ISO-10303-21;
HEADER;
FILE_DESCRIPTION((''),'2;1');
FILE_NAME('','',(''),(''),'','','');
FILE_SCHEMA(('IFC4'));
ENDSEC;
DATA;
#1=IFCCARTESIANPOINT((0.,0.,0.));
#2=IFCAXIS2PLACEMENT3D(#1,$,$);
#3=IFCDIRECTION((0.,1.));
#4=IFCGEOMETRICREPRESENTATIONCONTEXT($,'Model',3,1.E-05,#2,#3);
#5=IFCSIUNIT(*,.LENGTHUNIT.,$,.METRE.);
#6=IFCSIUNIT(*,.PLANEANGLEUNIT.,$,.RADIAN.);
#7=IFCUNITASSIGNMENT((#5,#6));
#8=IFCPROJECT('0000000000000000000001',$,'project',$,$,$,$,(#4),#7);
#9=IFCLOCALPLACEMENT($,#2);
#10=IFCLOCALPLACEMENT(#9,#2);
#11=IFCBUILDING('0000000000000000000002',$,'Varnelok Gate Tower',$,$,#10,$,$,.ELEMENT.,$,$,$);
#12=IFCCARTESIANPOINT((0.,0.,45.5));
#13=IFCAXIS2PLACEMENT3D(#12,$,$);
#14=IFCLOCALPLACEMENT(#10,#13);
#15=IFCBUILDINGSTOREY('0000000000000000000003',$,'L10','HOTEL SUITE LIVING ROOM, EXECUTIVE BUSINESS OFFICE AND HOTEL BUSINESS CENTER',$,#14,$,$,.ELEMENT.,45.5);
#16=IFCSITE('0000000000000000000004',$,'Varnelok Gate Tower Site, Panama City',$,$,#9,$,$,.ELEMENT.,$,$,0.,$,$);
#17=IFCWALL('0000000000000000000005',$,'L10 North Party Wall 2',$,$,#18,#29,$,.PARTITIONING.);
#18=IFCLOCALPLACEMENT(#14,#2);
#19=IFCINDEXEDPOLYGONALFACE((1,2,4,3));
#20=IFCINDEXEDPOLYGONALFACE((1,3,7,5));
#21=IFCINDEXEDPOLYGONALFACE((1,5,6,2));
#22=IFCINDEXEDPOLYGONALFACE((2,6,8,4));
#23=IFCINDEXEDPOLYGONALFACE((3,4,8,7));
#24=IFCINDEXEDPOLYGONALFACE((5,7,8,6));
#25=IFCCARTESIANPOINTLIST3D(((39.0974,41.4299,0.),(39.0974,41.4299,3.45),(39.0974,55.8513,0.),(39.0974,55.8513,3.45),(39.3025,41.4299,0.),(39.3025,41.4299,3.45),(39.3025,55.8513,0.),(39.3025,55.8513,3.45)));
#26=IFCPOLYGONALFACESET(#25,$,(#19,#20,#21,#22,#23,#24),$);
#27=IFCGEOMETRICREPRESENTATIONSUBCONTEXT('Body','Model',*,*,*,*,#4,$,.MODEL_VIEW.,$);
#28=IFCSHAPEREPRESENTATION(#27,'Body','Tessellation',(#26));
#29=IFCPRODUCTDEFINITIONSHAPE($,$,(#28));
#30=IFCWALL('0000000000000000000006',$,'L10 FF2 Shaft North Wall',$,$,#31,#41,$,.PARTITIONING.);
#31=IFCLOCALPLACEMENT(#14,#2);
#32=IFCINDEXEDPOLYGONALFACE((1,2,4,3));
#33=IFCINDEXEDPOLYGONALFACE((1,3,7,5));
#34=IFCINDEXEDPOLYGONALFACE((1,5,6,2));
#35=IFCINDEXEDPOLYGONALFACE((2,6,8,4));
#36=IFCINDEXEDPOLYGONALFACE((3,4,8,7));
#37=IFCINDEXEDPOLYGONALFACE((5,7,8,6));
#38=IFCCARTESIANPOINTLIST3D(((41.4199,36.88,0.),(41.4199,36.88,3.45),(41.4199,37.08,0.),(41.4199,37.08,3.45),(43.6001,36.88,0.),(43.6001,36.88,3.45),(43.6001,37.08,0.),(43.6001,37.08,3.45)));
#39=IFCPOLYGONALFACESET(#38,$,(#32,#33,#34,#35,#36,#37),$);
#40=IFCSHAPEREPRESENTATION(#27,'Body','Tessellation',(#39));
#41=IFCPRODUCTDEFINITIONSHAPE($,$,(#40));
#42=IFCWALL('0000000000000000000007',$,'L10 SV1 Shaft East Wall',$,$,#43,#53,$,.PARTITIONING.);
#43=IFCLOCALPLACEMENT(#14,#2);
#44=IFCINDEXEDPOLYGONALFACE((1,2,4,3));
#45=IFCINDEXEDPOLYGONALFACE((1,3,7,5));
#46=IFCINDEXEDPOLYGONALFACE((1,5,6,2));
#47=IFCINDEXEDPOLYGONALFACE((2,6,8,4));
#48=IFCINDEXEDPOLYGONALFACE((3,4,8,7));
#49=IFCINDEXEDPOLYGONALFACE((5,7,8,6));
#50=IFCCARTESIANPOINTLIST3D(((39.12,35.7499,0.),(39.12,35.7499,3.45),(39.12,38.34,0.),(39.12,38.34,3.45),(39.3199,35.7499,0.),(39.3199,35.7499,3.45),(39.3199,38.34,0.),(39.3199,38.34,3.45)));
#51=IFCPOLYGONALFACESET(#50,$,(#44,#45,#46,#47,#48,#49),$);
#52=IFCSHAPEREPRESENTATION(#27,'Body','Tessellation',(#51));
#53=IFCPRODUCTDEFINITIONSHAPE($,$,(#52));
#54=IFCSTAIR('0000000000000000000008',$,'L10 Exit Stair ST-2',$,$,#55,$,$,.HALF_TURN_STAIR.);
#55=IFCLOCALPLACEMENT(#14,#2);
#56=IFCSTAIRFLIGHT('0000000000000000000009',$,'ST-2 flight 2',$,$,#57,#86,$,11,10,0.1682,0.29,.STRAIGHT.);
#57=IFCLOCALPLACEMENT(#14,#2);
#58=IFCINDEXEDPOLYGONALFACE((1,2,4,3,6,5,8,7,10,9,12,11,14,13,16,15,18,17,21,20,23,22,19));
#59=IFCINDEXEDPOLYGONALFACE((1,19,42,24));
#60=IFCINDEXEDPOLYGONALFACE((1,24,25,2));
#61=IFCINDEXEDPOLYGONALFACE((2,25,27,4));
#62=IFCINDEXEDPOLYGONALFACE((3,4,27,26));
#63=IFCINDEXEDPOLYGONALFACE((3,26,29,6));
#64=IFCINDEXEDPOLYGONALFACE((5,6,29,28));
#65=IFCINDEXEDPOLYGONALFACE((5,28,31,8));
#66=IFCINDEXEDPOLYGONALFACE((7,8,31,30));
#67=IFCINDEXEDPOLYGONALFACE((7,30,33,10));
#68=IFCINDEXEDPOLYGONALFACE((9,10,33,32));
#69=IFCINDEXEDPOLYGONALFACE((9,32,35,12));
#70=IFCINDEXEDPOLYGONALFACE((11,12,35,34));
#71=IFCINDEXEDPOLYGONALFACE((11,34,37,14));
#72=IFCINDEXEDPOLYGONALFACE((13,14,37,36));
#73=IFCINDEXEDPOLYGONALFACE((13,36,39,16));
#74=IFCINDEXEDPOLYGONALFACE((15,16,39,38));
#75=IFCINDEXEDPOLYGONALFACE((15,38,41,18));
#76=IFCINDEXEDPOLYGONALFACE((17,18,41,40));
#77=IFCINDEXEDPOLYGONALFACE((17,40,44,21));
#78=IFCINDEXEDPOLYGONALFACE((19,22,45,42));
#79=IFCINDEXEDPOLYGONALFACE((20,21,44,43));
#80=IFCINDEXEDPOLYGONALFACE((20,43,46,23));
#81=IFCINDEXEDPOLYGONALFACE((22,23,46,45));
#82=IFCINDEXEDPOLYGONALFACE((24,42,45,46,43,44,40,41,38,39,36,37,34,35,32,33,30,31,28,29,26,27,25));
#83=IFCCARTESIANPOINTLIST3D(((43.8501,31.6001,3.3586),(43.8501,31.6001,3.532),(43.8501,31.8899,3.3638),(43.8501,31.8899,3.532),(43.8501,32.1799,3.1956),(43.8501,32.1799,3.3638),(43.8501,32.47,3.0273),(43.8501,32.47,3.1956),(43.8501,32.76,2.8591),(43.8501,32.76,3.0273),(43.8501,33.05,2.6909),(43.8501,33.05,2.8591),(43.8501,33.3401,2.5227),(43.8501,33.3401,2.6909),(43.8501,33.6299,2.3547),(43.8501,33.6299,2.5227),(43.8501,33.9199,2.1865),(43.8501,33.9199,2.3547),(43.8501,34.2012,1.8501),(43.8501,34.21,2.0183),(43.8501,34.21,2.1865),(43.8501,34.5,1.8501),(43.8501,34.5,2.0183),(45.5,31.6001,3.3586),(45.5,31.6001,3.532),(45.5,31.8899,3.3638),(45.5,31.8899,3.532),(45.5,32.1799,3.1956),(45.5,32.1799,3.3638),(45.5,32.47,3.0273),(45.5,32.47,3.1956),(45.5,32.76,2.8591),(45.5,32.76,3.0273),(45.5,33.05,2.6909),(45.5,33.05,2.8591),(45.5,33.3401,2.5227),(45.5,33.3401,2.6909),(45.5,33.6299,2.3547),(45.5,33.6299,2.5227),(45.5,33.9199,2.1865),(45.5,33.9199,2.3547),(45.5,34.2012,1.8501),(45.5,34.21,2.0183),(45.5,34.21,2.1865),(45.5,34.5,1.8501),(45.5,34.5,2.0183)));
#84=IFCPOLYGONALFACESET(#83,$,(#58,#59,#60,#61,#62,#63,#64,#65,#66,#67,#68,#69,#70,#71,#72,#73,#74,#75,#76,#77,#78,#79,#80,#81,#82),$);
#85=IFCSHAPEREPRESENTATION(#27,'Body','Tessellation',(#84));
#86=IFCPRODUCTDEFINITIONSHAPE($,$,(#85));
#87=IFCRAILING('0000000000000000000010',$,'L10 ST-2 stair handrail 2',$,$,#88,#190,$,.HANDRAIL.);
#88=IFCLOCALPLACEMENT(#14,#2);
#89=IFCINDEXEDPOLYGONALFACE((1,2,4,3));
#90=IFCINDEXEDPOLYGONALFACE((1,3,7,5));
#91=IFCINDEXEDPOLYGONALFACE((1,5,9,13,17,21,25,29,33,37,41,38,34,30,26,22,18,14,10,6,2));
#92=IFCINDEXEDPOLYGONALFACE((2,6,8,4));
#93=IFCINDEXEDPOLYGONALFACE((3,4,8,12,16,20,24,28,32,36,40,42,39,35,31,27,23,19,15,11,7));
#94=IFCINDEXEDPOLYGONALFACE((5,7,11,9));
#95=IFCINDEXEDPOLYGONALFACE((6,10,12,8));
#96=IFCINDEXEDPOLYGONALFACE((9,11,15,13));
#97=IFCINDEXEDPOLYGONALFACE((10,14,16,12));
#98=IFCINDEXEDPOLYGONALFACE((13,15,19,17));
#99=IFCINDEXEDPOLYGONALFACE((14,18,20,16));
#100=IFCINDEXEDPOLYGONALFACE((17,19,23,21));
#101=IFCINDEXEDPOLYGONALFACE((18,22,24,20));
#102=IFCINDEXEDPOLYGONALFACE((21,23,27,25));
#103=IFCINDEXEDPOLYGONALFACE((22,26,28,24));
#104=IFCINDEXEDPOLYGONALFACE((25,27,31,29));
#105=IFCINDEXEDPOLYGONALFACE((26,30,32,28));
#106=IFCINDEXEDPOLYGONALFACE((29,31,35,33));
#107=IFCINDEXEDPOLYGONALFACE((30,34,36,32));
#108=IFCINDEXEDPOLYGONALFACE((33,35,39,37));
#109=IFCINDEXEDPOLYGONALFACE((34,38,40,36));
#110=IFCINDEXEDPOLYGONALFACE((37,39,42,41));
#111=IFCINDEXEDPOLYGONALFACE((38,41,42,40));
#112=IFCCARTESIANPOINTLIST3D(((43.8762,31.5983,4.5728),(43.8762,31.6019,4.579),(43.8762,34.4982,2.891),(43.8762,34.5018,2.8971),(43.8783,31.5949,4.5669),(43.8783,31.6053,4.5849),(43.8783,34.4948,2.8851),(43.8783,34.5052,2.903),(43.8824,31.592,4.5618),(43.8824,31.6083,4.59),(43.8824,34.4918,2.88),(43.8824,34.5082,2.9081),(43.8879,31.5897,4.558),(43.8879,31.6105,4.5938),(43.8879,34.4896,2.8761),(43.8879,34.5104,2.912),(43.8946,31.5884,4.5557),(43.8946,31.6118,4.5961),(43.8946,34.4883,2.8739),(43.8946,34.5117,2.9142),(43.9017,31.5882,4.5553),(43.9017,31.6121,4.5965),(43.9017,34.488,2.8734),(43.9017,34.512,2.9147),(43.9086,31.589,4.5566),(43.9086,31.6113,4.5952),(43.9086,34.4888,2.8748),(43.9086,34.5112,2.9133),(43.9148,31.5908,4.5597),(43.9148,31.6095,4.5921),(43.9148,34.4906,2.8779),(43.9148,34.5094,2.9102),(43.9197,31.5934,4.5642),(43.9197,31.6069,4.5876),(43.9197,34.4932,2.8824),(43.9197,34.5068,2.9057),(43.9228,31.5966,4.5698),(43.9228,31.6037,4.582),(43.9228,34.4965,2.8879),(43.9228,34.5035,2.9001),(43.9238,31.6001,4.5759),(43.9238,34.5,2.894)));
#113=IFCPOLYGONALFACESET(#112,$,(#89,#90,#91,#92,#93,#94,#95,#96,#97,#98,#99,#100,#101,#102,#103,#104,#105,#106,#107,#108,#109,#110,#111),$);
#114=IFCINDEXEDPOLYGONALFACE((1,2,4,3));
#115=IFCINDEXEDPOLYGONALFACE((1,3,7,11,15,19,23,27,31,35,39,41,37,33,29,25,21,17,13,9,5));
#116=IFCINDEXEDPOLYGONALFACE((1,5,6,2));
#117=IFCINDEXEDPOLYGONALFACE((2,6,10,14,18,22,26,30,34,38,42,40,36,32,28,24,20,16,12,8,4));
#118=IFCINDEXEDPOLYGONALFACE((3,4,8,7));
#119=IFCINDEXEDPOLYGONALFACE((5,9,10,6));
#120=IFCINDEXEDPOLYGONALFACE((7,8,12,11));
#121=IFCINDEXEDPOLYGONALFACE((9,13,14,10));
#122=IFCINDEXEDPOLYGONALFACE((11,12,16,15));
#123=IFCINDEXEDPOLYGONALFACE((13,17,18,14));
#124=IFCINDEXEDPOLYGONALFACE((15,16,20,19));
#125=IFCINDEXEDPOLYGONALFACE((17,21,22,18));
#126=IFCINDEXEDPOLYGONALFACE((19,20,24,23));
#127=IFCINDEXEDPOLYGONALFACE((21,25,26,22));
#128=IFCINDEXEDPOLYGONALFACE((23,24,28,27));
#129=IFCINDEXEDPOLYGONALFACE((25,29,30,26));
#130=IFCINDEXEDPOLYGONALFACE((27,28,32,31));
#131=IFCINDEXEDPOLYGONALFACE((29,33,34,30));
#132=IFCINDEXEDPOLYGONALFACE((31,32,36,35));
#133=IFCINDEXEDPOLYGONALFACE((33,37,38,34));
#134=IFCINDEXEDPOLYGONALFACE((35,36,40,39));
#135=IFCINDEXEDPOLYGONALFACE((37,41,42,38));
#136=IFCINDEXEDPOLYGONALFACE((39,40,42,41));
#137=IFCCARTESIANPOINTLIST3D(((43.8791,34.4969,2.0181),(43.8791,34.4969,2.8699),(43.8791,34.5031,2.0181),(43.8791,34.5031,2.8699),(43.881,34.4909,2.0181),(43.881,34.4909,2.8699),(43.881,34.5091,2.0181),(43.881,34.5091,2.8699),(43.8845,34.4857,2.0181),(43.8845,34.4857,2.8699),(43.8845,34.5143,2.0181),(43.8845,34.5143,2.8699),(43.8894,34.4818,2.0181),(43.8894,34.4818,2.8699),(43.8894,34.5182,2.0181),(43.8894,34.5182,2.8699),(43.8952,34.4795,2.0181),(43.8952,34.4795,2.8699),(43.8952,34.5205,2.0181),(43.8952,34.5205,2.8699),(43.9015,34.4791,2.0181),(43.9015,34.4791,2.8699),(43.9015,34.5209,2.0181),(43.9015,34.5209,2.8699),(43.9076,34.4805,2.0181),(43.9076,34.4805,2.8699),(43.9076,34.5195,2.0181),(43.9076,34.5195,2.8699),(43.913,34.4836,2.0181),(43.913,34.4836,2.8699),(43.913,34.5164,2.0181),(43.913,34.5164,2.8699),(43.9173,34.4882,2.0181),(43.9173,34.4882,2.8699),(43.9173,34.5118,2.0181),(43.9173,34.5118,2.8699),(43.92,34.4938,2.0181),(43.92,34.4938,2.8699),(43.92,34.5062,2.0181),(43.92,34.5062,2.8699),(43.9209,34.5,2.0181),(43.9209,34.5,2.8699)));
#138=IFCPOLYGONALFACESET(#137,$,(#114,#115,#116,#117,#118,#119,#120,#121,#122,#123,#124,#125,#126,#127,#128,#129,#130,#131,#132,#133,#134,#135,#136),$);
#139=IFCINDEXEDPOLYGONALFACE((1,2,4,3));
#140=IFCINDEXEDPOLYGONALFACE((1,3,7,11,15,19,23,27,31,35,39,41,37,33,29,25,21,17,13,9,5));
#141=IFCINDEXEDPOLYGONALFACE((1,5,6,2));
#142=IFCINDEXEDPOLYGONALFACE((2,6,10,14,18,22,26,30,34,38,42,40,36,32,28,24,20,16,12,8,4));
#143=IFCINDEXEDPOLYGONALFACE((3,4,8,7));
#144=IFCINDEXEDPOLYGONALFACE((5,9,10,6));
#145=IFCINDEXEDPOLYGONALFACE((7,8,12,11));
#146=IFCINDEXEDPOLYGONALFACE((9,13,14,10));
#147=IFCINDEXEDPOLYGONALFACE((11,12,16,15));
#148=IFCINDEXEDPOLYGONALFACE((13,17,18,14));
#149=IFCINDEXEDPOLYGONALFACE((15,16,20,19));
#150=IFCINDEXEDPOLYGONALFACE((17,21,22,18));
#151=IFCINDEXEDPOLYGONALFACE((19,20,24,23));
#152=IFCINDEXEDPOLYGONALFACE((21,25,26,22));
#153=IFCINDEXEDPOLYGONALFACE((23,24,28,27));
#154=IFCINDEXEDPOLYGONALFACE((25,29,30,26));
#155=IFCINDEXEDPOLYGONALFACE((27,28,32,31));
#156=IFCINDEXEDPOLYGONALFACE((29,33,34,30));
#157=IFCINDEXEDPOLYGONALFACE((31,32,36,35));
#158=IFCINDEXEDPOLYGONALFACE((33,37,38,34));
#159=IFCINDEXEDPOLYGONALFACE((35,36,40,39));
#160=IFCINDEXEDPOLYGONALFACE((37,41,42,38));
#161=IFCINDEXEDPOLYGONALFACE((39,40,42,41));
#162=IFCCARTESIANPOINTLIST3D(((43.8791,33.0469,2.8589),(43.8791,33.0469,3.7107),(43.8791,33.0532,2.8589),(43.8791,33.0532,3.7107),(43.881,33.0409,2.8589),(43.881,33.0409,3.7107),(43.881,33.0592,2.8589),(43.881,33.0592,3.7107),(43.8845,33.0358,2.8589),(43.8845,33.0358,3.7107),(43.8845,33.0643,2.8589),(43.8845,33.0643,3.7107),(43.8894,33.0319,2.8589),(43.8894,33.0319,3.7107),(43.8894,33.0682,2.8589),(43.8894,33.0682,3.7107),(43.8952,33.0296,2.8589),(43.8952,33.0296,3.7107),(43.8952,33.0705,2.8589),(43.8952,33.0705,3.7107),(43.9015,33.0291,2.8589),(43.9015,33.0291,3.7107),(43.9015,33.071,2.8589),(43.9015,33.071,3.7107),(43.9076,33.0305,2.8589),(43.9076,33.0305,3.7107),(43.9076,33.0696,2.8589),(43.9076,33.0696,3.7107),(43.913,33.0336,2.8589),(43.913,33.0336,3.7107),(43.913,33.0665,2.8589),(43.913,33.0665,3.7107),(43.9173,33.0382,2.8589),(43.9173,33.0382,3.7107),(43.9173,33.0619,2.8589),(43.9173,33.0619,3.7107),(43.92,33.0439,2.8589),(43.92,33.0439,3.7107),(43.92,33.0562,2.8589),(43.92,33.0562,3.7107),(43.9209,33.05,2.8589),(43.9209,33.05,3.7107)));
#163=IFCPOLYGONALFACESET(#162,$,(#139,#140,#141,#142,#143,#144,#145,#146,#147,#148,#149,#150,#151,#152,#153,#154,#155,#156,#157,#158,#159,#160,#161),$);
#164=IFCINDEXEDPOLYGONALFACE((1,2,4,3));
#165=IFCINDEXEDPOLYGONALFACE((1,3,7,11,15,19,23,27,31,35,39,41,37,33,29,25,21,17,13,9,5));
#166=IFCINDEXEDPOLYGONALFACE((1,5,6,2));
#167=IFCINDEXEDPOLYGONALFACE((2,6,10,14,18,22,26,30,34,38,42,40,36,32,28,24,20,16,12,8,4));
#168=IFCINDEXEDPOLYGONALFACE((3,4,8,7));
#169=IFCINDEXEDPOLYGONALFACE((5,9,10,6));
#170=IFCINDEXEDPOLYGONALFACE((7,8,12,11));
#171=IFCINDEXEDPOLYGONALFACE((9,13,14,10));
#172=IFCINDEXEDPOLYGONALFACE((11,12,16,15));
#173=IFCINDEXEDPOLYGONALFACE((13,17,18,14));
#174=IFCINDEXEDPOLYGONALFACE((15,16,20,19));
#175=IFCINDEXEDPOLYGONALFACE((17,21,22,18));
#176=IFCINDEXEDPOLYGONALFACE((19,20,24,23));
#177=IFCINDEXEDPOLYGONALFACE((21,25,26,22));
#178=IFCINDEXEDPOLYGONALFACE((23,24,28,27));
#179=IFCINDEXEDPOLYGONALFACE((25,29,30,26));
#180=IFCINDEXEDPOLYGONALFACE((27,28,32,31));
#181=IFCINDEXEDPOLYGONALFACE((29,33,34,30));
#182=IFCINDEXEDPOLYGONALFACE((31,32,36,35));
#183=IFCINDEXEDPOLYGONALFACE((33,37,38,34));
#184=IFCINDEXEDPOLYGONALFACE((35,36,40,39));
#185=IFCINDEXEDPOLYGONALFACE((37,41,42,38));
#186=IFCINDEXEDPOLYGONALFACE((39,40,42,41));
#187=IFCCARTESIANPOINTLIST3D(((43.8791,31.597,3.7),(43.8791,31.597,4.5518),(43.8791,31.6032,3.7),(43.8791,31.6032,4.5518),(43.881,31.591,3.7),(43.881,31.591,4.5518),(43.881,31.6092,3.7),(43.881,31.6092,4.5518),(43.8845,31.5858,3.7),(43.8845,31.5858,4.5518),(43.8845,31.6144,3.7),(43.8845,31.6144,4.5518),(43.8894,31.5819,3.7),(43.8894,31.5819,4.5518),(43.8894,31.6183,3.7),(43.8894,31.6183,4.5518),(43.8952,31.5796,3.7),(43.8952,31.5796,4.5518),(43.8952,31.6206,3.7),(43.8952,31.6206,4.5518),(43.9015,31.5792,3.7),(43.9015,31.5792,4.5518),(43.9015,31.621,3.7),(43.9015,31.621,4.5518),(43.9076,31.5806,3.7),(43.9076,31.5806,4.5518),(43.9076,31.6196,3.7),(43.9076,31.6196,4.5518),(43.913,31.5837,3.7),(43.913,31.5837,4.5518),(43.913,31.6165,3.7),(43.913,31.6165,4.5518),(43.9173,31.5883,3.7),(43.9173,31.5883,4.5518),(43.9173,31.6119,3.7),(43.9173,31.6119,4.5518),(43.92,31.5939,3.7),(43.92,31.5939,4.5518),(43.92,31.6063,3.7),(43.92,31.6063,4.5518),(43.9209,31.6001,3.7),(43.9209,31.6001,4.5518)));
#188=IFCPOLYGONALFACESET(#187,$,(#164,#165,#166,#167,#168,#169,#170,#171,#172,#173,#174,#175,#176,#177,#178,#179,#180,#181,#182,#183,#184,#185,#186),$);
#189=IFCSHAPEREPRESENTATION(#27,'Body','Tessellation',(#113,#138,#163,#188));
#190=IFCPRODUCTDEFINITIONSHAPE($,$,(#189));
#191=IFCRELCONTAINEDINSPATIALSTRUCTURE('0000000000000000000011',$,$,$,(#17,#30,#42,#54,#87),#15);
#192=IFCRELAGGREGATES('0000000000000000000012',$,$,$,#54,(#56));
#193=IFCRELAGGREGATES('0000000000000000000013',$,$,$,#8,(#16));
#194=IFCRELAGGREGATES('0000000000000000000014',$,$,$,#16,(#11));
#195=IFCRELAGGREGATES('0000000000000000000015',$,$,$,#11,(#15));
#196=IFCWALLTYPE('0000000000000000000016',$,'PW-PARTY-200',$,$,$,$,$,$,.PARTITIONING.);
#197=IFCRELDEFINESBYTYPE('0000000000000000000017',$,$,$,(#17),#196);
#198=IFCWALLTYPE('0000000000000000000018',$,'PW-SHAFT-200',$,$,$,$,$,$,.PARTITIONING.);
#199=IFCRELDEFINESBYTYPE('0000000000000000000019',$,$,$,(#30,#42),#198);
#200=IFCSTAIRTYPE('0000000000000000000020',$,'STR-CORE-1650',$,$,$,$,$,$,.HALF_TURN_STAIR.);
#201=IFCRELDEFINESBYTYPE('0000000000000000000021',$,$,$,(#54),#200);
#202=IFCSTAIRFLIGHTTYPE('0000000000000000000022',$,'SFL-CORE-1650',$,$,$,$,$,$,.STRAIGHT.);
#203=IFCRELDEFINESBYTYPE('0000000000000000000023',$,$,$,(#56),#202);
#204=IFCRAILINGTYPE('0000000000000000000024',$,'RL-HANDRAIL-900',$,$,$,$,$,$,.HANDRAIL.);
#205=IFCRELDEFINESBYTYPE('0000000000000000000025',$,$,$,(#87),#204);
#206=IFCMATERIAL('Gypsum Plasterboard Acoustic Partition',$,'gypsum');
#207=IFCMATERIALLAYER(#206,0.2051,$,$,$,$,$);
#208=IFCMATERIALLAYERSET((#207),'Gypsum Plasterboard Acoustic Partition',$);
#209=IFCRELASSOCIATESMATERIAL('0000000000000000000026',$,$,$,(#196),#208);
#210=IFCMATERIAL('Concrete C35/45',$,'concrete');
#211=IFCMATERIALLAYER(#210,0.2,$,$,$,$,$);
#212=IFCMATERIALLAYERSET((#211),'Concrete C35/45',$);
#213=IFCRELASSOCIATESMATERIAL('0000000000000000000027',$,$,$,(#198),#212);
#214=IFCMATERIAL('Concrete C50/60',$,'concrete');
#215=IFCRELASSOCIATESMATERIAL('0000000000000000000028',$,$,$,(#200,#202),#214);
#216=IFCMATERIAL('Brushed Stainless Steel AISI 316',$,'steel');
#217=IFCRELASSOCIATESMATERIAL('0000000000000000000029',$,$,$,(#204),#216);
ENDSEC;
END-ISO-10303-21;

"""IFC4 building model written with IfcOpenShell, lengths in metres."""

from ifc_helpers import new_model, si_unit, direction, frame, frame_2d, origin, origin_2d, place, context, subcontext, project, spatial, polyline, rectangle, circle, outline, extrude, material, layer, layer_set, type_object, element, aggregate, save


model = new_model("IFC4")

# Units and contexts
model_context = context("Model", 3, precision=1e-05, world=origin(), true_north=direction((0.0, 1.0)))
body_context = subcontext(model_context, "Body", "Model", "MODEL_VIEW")
ifc_project = project(units=[si_unit("LENGTHUNIT", "METRE"), si_unit("PLANEANGLEUNIT", "RADIAN")], contexts=[model_context])

# Site, building, storey
site_placement = place(None, origin())
site = spatial("IfcSite", under=ifc_project, at=site_placement, Name="Varnelok Gate Tower Site, Panama City", CompositionType="ELEMENT", RefElevation=0.0)
building_placement = place(site_placement, origin())
building = spatial("IfcBuilding", under=site, at=building_placement, Name="Varnelok Gate Tower", CompositionType="ELEMENT")
storey_placement = place(building_placement, frame((0.0, 0.0, 45.5)))
storey = spatial("IfcBuildingStorey", under=building, at=storey_placement, Name="L10", Description="HOTEL SUITE LIVING ROOM, EXECUTIVE BUSINESS OFFICE AND HOTEL BUSINESS CENTER", CompositionType="ELEMENT", Elevation=45.5)

# Shared definitions
ifc_material_1 = material(Name="Gypsum Plasterboard Acoustic Partition", Category="gypsum")

# Walls
ifc_layer_1 = layer(ifc_material_1, 0.2051)
ifc_layer_set_1 = layer_set([ifc_layer_1], Name="Gypsum Plasterboard Acoustic Partition")
wall_type_1 = type_object("IfcWallType", Name="PW-PARTY-200", PredefinedType="PARTITIONING", material=ifc_layer_set_1)
wall_1_placement = place(storey_placement, frame((39.2, 41.4299, 0.0), z_axis=(0.0, 0.0, 1.0), x_axis=(0.0, 1.0, 0.0)))
element("IfcWall", 1, at=wall_1_placement, inside=storey, type_object=wall_type_1, Name="L10 North Party Wall 2", PredefinedType="PARTITIONING", context=body_context, shape_type="SweptSolid", body=[
    extrude(rectangle(XDim=14.4214, YDim=0.2051, at=frame_2d((7.2107, 0.0))), origin(), (0.0, 0.0, 1.0), 3.45),
])
ifc_material_2 = material(Name="Concrete C35/45", Category="concrete")
ifc_layer_2 = layer(ifc_material_2, 0.2)
ifc_layer_set_2 = layer_set([ifc_layer_2], Name="Concrete C35/45")
wall_type_2 = type_object("IfcWallType", Name="PW-SHAFT-200", PredefinedType="PARTITIONING", material=ifc_layer_set_2)
wall_2_placement = place(storey_placement, frame((41.4199, 36.98, 0.0), z_axis=(0.0, 0.0, 1.0), x_axis=(1.0, 0.0, 0.0)))
element("IfcWall", 2, at=wall_2_placement, inside=storey, type_object=wall_type_2, Name="L10 FF2 Shaft North Wall", PredefinedType="PARTITIONING", context=body_context, shape_type="SweptSolid", body=[
    extrude(rectangle(XDim=2.1802, YDim=0.2, at=frame_2d((1.0901, 0.0))), origin(), (0.0, 0.0, 1.0), 3.45),
])
wall_3_placement = place(storey_placement, frame((39.22, 35.75, 0.0), z_axis=(0.0, 0.0, 1.0), x_axis=(0.0, 1.0, 0.0)))
element("IfcWall", 3, at=wall_3_placement, inside=storey, type_object=wall_type_2, Name="L10 SV1 Shaft East Wall", PredefinedType="PARTITIONING", context=body_context, shape_type="SweptSolid", body=[
    extrude(rectangle(XDim=2.5901, YDim=0.2, at=frame_2d((1.2949, 0.0))), origin(), (0.0, 0.0, 1.0), 3.45),
])

# Stair, stair flight
ifc_material_3 = material(Name="Concrete C50/60", Category="concrete")
stair_type = type_object("IfcStairType", Name="STR-CORE-1650", PredefinedType="HALF_TURN_STAIR", material=ifc_material_3)
stair_placement = place(storey_placement, origin())
stair = element("IfcStair", 4, at=stair_placement, inside=storey, type_object=stair_type, Name="L10 Exit Stair ST-2", PredefinedType="HALF_TURN_STAIR")
stair_flight_type = type_object("IfcStairFlightType", Name="SFL-CORE-1650", PredefinedType="STRAIGHT", material=ifc_material_3)
stair_flight_placement = place(storey_placement, frame((44.675, 34.5, 1.8501), z_axis=(0.0, 0.0, 1.0), x_axis=(0.0, -1.0, 0.0)))
stair_flight = element("IfcStairFlight", 5, at=stair_flight_placement, type_object=stair_flight_type, Name="ST-2 flight 2", NumberOfRisers=11, NumberOfTreads=10, PredefinedType="STRAIGHT", RiserHeight=0.1682, TreadLength=0.29, context=body_context, shape_type="SweptSolid", body=[
    extrude(outline(polyline([(0.0, 0.0), (0.0, 0.1682), (0.29, 0.1682), (0.29, 0.3364), (0.5801, 0.3364), (0.5801, 0.5046), (0.8701, 0.5046), (0.8701, 0.6726), (1.1599, 0.6726), (1.1599, 0.8408), (1.45, 0.8408), (1.45, 1.009), (1.74, 1.009), (1.74, 1.1772), (2.03, 1.1772), (2.03, 1.3455), (2.3201, 1.3455), (2.3201, 1.5137), (2.6101, 1.5137), (2.6101, 1.6819), (2.8999, 1.6819), (2.8999, 1.8501), (2.8999, 1.5085), (0.2988, 0.0), (0.0, 0.0)])), frame((0.0, 0.825, 0.0), z_axis=(0.0, -1.0, 0.0), x_axis=(1.0, 0.0, 0.0)), (0.0, 0.0, 1.0), 1.6499),
])
aggregate(stair, [stair_flight])

# Railing
ifc_material_4 = material(Name="Brushed Stainless Steel AISI 316", Category="steel")
railing_type_1 = type_object("IfcRailingType", Name="RL-HANDRAIL-900", PredefinedType="HANDRAIL", material=ifc_material_4)
railing_1_placement = place(storey_placement, frame((43.8999, 34.5, 2.0181)))
element("IfcRailing", 6, at=railing_1_placement, inside=storey, type_object=railing_type_1, Name="L10 ST-2 stair handrail 2", PredefinedType="HANDRAIL", context=body_context, shape_type="SweptSolid", body=[
    extrude(circle(Radius=0.0239, at=origin_2d()), frame((0.0, 0.0, 0.876), z_axis=(0.0, -0.865039, 0.501705), x_axis=(1.0, 0.0, 0.0)), (0.0, 0.0, 1.0), 3.3523),
    extrude(circle(Radius=0.021, at=origin_2d()), origin(), (0.0, 0.0, 1.0), 0.8518),
    extrude(circle(Radius=0.021, at=origin_2d()), frame((0.0, -1.45, 0.8408)), (0.0, 0.0, 1.0), 0.8518),
    extrude(circle(Radius=0.021, at=origin_2d()), frame((0.0, -2.8999, 1.6819)), (0.0, 0.0, 1.0), 0.8518),
])

save(model, "model.ifc")
